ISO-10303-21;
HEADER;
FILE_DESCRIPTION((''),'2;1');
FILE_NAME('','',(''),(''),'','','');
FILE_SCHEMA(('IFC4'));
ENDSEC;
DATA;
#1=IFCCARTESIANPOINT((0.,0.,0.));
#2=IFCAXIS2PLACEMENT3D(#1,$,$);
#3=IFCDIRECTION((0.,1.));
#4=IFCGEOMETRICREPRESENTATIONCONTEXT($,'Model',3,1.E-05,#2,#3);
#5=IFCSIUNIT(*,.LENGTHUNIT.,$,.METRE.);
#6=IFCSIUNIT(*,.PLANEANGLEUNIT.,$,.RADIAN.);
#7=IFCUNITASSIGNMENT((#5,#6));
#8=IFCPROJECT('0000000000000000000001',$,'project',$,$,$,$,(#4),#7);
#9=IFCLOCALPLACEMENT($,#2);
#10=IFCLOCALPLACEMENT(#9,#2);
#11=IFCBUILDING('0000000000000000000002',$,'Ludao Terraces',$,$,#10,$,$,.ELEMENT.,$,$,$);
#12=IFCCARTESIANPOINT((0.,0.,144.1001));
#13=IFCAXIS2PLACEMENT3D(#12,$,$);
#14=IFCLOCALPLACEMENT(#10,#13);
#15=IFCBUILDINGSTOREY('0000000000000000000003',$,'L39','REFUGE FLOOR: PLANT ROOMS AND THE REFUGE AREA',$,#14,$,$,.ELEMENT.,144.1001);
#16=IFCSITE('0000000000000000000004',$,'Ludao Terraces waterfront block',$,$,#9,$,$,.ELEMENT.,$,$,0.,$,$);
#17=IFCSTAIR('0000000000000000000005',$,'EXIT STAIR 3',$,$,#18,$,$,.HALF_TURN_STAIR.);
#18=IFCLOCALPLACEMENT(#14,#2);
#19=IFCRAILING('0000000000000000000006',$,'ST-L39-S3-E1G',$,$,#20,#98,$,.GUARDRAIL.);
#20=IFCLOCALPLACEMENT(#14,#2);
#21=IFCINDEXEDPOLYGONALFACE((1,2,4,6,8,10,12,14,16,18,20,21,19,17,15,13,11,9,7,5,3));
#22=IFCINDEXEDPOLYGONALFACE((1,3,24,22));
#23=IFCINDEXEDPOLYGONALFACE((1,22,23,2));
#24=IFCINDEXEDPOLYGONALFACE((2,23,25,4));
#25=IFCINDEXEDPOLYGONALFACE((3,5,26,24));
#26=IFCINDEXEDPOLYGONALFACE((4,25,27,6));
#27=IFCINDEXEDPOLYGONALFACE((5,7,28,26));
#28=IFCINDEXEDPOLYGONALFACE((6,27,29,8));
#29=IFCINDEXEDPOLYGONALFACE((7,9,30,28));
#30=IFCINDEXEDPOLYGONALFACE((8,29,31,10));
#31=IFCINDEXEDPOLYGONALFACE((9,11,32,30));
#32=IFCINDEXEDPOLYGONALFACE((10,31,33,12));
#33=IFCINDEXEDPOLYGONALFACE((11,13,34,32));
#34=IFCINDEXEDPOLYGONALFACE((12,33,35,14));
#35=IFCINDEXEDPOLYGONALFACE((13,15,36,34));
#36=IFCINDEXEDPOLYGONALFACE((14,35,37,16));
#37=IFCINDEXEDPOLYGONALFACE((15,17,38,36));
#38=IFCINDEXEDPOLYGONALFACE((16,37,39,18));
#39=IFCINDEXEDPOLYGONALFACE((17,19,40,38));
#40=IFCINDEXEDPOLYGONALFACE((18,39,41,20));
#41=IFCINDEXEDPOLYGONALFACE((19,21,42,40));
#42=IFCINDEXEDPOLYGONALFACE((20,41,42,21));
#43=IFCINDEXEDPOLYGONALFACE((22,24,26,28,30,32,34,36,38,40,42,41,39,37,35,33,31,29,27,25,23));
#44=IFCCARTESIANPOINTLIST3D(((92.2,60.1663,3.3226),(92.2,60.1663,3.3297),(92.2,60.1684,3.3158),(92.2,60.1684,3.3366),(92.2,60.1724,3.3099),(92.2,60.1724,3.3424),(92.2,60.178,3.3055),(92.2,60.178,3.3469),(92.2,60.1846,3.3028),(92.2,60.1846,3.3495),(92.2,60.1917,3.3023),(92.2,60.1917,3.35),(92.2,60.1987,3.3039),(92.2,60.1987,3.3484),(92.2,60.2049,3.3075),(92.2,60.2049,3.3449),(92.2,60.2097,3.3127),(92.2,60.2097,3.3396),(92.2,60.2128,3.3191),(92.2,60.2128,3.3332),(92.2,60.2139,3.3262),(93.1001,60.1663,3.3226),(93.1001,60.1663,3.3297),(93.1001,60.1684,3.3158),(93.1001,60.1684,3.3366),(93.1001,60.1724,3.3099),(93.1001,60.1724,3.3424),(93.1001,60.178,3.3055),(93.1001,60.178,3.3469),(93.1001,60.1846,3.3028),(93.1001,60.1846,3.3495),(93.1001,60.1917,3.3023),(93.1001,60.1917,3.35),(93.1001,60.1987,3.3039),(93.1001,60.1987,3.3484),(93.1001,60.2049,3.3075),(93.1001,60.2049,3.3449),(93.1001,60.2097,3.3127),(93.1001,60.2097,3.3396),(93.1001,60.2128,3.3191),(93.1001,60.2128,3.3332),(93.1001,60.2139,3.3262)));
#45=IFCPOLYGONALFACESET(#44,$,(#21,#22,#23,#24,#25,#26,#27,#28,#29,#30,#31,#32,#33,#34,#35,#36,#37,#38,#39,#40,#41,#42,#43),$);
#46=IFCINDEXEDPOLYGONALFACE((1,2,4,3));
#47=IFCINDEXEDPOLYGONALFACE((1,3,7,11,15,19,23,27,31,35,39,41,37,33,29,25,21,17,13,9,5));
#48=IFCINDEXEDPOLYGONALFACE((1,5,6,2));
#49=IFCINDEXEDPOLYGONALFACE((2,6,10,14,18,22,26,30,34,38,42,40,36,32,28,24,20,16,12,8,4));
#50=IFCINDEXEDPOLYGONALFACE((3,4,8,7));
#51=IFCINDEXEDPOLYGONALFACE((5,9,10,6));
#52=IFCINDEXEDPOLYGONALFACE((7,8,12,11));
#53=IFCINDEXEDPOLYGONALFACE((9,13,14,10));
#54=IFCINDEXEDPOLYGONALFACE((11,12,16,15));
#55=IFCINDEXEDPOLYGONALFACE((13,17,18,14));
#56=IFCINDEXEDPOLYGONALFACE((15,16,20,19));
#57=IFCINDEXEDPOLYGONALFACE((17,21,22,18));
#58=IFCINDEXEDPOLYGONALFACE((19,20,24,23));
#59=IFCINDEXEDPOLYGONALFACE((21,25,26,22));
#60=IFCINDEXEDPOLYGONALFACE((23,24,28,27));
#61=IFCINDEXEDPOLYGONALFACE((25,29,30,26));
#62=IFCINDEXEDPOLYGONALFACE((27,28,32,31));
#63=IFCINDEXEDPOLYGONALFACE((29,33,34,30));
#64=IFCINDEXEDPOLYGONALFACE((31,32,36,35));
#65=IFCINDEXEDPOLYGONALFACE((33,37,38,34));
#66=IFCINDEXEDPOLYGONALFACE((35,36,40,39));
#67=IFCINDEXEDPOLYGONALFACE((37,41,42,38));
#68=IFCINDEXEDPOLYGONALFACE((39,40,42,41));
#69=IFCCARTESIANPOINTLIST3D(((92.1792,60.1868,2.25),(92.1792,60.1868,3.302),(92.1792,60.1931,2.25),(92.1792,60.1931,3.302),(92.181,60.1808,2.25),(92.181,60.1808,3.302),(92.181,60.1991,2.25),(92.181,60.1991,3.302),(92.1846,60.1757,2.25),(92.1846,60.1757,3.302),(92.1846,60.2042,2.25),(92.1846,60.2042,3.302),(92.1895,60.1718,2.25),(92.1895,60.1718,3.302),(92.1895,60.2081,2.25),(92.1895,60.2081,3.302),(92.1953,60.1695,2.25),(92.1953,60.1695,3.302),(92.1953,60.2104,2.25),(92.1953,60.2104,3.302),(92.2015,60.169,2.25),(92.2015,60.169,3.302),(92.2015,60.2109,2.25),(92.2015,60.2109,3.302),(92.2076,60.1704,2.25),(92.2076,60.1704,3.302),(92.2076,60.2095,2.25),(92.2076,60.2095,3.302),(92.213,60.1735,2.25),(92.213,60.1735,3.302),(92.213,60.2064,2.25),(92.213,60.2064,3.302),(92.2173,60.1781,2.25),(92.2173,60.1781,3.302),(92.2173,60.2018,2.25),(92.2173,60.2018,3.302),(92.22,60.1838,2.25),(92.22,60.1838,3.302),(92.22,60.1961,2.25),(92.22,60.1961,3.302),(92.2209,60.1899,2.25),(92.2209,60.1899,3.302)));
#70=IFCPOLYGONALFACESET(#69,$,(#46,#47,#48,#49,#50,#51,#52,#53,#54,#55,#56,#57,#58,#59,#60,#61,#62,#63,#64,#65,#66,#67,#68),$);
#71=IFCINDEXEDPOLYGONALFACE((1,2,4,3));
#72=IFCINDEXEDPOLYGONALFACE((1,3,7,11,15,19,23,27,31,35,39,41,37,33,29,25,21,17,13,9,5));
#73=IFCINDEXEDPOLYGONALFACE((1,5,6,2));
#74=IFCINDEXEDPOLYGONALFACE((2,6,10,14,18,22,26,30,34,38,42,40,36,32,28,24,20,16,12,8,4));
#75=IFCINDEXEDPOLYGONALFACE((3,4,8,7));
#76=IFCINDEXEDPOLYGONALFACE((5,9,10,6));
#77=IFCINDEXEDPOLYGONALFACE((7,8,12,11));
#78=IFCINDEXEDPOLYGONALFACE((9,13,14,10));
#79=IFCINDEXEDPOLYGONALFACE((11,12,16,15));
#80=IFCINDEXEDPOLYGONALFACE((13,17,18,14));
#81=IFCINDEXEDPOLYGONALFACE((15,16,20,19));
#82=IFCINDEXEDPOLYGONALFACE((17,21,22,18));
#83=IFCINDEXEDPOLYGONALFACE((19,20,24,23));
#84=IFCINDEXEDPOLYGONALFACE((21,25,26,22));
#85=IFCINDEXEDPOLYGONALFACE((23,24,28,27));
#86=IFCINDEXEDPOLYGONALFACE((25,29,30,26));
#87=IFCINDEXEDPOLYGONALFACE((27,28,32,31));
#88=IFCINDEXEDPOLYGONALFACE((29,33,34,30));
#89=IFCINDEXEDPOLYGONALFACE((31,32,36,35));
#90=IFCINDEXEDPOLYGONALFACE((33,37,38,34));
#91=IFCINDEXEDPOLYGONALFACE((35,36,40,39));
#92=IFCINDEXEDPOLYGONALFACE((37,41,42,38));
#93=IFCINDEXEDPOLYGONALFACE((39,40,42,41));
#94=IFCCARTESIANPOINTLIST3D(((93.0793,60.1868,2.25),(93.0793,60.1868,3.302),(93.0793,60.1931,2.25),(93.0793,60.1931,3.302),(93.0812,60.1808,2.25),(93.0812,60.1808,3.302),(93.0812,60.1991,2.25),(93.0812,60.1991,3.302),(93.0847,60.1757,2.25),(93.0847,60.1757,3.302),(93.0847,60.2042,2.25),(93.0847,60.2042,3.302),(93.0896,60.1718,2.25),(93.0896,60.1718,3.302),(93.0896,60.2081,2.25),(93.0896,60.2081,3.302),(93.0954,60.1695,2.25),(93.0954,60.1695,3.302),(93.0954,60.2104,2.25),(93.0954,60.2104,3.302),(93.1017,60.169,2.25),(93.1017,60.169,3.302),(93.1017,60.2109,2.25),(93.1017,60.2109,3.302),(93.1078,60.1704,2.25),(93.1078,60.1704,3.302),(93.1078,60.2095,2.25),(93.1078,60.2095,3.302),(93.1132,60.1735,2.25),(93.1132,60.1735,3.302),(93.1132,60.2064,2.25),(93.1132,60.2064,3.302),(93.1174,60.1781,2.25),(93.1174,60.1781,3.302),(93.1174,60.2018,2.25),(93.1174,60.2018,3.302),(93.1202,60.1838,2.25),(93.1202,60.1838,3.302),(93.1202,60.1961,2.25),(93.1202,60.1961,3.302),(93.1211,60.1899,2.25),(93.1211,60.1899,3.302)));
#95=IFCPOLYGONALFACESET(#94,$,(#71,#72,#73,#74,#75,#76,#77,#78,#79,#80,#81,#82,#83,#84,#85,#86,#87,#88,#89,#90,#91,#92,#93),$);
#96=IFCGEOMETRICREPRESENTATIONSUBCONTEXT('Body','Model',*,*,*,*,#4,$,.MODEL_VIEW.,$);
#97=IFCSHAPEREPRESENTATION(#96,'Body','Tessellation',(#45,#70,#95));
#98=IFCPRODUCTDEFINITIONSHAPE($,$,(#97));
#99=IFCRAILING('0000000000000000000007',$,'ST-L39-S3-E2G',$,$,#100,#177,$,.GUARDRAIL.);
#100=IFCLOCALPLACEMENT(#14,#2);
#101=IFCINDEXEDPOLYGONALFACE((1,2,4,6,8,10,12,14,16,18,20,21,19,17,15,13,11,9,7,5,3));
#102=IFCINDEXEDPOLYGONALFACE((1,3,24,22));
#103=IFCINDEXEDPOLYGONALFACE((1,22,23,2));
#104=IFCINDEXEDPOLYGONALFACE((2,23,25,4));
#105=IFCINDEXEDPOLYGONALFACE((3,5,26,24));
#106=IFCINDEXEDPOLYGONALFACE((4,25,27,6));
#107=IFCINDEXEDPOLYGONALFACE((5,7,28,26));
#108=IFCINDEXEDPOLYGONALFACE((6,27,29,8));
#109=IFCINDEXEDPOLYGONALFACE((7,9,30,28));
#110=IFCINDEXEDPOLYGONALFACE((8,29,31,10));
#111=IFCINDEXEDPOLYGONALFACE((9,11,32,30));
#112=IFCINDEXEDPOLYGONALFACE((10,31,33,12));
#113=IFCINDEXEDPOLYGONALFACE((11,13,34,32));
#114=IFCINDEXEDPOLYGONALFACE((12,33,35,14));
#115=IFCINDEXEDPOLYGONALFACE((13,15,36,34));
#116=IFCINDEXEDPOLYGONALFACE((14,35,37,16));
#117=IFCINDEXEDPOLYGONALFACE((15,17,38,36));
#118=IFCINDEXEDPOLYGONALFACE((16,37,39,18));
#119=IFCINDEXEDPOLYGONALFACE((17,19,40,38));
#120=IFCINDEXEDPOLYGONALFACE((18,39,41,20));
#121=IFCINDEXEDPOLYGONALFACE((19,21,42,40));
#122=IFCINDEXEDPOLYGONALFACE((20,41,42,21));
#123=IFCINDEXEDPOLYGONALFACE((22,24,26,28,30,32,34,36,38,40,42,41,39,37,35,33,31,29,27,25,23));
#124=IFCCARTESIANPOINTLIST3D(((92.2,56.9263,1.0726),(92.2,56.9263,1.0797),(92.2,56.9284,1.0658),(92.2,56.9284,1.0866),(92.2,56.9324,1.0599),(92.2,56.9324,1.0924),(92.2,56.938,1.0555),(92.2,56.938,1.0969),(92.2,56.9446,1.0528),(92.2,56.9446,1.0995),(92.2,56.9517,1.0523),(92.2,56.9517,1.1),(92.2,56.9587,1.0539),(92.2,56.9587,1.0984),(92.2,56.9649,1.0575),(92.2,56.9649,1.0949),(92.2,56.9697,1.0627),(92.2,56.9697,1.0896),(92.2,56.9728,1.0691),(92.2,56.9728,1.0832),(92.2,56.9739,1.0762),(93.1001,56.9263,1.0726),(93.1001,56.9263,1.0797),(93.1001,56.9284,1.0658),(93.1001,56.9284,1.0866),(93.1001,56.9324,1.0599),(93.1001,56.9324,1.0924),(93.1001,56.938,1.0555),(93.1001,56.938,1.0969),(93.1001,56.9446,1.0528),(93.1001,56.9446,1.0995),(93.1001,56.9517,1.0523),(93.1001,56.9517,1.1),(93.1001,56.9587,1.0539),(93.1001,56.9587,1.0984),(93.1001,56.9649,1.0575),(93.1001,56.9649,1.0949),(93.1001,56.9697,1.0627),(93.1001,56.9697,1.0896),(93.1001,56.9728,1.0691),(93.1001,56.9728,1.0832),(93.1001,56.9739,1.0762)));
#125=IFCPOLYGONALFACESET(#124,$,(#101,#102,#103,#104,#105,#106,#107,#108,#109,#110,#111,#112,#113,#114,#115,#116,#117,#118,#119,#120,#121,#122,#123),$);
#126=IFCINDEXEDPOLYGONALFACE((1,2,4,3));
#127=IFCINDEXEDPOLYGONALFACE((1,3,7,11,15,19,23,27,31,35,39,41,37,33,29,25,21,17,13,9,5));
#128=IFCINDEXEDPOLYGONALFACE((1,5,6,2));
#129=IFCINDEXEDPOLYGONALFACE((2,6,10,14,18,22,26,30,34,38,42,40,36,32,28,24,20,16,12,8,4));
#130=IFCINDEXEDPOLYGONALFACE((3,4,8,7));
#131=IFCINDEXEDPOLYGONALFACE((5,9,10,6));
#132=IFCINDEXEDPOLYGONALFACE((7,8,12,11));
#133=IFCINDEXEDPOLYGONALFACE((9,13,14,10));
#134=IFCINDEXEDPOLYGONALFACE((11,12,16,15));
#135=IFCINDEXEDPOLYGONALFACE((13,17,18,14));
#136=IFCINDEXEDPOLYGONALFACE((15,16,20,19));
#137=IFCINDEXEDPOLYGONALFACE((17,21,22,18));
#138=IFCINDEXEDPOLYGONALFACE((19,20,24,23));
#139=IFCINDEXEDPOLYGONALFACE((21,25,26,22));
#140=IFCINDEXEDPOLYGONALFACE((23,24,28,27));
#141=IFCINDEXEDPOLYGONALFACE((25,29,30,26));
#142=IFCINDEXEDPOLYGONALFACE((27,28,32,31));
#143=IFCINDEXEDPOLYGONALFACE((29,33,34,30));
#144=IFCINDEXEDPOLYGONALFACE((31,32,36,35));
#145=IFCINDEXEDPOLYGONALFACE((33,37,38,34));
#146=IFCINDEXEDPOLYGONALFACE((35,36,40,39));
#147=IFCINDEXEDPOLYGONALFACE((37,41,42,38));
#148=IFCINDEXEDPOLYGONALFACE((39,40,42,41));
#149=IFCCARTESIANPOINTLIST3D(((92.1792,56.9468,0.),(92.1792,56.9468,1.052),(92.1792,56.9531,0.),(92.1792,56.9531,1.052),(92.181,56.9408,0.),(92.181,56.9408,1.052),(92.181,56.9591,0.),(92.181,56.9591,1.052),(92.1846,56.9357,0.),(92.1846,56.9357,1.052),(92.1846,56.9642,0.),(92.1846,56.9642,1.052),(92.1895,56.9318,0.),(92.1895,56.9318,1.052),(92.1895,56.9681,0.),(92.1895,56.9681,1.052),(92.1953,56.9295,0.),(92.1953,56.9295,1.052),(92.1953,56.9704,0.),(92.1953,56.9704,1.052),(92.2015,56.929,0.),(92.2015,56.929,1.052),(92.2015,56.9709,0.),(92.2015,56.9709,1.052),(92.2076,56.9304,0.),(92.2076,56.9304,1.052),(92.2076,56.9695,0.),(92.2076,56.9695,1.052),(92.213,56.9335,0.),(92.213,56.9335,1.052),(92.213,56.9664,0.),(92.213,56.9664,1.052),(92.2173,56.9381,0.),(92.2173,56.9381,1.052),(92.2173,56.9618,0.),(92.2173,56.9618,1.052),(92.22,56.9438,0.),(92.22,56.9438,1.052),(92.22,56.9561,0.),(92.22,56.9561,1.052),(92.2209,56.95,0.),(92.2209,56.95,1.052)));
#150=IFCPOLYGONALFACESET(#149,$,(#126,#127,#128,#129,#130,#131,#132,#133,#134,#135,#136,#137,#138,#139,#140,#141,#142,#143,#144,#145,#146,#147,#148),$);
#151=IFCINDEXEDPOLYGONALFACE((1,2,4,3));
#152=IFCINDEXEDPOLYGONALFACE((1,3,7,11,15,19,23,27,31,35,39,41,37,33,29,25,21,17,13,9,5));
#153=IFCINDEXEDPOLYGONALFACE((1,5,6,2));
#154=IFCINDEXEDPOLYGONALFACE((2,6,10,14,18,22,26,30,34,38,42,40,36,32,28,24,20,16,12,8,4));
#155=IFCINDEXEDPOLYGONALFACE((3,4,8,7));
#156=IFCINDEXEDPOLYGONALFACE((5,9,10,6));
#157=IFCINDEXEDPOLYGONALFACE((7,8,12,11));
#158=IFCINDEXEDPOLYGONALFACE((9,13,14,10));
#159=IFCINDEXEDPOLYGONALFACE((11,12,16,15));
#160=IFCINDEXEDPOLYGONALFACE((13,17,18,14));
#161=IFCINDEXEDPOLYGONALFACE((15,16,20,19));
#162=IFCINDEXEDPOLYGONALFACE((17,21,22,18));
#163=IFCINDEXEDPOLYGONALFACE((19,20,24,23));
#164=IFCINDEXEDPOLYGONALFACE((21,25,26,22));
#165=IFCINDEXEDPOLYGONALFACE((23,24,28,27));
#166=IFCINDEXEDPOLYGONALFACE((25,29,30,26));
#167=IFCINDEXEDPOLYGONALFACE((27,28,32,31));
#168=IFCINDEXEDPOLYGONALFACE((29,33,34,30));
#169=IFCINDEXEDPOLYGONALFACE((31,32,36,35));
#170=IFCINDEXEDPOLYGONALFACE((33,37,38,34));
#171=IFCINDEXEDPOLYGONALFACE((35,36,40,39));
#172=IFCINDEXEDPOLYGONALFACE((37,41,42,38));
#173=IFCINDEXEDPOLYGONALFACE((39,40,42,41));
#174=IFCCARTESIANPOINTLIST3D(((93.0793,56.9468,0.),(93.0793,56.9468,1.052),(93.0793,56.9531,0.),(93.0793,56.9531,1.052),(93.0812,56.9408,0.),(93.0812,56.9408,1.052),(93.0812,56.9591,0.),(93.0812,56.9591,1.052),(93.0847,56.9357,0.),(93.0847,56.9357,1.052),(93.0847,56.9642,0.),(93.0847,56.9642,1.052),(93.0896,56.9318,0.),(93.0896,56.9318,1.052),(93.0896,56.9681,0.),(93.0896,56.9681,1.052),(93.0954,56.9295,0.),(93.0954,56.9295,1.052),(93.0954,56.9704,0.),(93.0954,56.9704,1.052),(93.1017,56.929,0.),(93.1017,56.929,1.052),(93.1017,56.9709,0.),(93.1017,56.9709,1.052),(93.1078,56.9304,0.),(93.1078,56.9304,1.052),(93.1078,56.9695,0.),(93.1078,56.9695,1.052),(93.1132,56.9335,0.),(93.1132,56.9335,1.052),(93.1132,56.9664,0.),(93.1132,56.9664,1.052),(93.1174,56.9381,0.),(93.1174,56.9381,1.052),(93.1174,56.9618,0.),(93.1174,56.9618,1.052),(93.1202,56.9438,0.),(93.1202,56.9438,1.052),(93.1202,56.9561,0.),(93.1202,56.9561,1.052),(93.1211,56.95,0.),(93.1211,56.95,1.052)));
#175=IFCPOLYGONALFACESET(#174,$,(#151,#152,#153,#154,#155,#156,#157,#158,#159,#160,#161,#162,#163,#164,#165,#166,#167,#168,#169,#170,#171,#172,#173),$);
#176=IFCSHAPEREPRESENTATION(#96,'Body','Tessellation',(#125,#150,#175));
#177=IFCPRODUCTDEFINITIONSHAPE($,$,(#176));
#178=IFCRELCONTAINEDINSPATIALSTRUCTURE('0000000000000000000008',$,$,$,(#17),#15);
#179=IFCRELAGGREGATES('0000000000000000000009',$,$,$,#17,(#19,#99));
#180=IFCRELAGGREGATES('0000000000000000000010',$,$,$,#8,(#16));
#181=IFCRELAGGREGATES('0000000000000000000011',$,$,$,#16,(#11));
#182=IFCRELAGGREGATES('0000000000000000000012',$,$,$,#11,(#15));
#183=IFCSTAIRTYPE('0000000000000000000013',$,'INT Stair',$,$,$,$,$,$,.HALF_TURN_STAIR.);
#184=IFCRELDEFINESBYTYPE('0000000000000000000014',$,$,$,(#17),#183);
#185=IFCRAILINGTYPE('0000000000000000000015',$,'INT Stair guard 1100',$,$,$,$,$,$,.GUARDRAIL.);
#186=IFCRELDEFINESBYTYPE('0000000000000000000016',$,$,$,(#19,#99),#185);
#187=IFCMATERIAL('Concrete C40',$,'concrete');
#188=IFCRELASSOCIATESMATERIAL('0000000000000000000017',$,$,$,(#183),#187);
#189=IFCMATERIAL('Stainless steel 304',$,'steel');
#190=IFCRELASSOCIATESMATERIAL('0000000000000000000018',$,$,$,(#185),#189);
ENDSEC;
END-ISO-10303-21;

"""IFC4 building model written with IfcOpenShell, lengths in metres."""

from ifc_helpers import new_model, si_unit, direction, frame, origin, origin_2d, place, context, subcontext, project, spatial, circle, extrude, material, type_object, element, aggregate, save


model = new_model("IFC4")

# Units and contexts
model_context = context("Model", 3, precision=1e-05, world=origin(), true_north=direction((0.0, 1.0)))
body_context = subcontext(model_context, "Body", "Model", "MODEL_VIEW")
ifc_project = project(units=[si_unit("LENGTHUNIT", "METRE"), si_unit("PLANEANGLEUNIT", "RADIAN")], contexts=[model_context])

# Site, building, storey
site_placement = place(None, origin())
site = spatial("IfcSite", under=ifc_project, at=site_placement, Name="Ludao Terraces waterfront block", CompositionType="ELEMENT", RefElevation=0.0)
building_placement = place(site_placement, origin())
building = spatial("IfcBuilding", under=site, at=building_placement, Name="Ludao Terraces", CompositionType="ELEMENT")
storey_placement = place(building_placement, frame((0.0, 0.0, 144.1001)))
storey = spatial("IfcBuildingStorey", under=building, at=storey_placement, Name="L39", Description="REFUGE FLOOR: PLANT ROOMS AND THE REFUGE AREA", CompositionType="ELEMENT", Elevation=144.1001)

# Stair, railings
ifc_material_1 = material(Name="Concrete C40", Category="concrete")
stair_type = type_object("IfcStairType", Name="INT Stair", PredefinedType="HALF_TURN_STAIR", material=ifc_material_1)
stair_placement = place(storey_placement, origin())
stair = element("IfcStair", 1, at=stair_placement, inside=storey, type_object=stair_type, Name="EXIT STAIR 3", PredefinedType="HALF_TURN_STAIR")
ifc_material_2 = material(Name="Stainless steel 304", Category="steel")
railing_type_1 = type_object("IfcRailingType", Name="INT Stair guard 1100", PredefinedType="GUARDRAIL", material=ifc_material_2)
railing_1_placement = place(storey_placement, frame((92.2, 60.1899, 2.25)))
railing_1 = element("IfcRailing", 2, at=railing_1_placement, type_object=railing_type_1, Name="ST-L39-S3-E1G", PredefinedType="GUARDRAIL", context=body_context, shape_type="SweptSolid", body=[
    extrude(circle(Radius=0.0239, at=origin_2d()), frame((0.0, 0.0, 1.0762), z_axis=(1.0, 0.0, 0.0), x_axis=(0.0, 1.0, 0.0)), (0.0, 0.0, 1.0), 0.9001),
    extrude(circle(Radius=0.021, at=origin_2d()), origin(), (0.0, 0.0, 1.0), 1.052),
    extrude(circle(Radius=0.021, at=origin_2d()), frame((0.9001, 0.0, 0.0)), (0.0, 0.0, 1.0), 1.052),
])
railing_2_placement = place(storey_placement, frame((92.2, 56.95, 0.0)))
railing_2 = element("IfcRailing", 3, at=railing_2_placement, type_object=railing_type_1, Name="ST-L39-S3-E2G", PredefinedType="GUARDRAIL", context=body_context, shape_type="SweptSolid", body=[
    extrude(circle(Radius=0.0239, at=origin_2d()), frame((0.0, 0.0, 1.0762), z_axis=(1.0, 0.0, 0.0), x_axis=(0.0, 1.0, 0.0)), (0.0, 0.0, 1.0), 0.9001),
    extrude(circle(Radius=0.021, at=origin_2d()), origin(), (0.0, 0.0, 1.0), 1.052),
    extrude(circle(Radius=0.021, at=origin_2d()), frame((0.9001, 0.0, 0.0)), (0.0, 0.0, 1.0), 1.052),
])
aggregate(stair, [railing_1, railing_2])

save(model, "model.ifc")
